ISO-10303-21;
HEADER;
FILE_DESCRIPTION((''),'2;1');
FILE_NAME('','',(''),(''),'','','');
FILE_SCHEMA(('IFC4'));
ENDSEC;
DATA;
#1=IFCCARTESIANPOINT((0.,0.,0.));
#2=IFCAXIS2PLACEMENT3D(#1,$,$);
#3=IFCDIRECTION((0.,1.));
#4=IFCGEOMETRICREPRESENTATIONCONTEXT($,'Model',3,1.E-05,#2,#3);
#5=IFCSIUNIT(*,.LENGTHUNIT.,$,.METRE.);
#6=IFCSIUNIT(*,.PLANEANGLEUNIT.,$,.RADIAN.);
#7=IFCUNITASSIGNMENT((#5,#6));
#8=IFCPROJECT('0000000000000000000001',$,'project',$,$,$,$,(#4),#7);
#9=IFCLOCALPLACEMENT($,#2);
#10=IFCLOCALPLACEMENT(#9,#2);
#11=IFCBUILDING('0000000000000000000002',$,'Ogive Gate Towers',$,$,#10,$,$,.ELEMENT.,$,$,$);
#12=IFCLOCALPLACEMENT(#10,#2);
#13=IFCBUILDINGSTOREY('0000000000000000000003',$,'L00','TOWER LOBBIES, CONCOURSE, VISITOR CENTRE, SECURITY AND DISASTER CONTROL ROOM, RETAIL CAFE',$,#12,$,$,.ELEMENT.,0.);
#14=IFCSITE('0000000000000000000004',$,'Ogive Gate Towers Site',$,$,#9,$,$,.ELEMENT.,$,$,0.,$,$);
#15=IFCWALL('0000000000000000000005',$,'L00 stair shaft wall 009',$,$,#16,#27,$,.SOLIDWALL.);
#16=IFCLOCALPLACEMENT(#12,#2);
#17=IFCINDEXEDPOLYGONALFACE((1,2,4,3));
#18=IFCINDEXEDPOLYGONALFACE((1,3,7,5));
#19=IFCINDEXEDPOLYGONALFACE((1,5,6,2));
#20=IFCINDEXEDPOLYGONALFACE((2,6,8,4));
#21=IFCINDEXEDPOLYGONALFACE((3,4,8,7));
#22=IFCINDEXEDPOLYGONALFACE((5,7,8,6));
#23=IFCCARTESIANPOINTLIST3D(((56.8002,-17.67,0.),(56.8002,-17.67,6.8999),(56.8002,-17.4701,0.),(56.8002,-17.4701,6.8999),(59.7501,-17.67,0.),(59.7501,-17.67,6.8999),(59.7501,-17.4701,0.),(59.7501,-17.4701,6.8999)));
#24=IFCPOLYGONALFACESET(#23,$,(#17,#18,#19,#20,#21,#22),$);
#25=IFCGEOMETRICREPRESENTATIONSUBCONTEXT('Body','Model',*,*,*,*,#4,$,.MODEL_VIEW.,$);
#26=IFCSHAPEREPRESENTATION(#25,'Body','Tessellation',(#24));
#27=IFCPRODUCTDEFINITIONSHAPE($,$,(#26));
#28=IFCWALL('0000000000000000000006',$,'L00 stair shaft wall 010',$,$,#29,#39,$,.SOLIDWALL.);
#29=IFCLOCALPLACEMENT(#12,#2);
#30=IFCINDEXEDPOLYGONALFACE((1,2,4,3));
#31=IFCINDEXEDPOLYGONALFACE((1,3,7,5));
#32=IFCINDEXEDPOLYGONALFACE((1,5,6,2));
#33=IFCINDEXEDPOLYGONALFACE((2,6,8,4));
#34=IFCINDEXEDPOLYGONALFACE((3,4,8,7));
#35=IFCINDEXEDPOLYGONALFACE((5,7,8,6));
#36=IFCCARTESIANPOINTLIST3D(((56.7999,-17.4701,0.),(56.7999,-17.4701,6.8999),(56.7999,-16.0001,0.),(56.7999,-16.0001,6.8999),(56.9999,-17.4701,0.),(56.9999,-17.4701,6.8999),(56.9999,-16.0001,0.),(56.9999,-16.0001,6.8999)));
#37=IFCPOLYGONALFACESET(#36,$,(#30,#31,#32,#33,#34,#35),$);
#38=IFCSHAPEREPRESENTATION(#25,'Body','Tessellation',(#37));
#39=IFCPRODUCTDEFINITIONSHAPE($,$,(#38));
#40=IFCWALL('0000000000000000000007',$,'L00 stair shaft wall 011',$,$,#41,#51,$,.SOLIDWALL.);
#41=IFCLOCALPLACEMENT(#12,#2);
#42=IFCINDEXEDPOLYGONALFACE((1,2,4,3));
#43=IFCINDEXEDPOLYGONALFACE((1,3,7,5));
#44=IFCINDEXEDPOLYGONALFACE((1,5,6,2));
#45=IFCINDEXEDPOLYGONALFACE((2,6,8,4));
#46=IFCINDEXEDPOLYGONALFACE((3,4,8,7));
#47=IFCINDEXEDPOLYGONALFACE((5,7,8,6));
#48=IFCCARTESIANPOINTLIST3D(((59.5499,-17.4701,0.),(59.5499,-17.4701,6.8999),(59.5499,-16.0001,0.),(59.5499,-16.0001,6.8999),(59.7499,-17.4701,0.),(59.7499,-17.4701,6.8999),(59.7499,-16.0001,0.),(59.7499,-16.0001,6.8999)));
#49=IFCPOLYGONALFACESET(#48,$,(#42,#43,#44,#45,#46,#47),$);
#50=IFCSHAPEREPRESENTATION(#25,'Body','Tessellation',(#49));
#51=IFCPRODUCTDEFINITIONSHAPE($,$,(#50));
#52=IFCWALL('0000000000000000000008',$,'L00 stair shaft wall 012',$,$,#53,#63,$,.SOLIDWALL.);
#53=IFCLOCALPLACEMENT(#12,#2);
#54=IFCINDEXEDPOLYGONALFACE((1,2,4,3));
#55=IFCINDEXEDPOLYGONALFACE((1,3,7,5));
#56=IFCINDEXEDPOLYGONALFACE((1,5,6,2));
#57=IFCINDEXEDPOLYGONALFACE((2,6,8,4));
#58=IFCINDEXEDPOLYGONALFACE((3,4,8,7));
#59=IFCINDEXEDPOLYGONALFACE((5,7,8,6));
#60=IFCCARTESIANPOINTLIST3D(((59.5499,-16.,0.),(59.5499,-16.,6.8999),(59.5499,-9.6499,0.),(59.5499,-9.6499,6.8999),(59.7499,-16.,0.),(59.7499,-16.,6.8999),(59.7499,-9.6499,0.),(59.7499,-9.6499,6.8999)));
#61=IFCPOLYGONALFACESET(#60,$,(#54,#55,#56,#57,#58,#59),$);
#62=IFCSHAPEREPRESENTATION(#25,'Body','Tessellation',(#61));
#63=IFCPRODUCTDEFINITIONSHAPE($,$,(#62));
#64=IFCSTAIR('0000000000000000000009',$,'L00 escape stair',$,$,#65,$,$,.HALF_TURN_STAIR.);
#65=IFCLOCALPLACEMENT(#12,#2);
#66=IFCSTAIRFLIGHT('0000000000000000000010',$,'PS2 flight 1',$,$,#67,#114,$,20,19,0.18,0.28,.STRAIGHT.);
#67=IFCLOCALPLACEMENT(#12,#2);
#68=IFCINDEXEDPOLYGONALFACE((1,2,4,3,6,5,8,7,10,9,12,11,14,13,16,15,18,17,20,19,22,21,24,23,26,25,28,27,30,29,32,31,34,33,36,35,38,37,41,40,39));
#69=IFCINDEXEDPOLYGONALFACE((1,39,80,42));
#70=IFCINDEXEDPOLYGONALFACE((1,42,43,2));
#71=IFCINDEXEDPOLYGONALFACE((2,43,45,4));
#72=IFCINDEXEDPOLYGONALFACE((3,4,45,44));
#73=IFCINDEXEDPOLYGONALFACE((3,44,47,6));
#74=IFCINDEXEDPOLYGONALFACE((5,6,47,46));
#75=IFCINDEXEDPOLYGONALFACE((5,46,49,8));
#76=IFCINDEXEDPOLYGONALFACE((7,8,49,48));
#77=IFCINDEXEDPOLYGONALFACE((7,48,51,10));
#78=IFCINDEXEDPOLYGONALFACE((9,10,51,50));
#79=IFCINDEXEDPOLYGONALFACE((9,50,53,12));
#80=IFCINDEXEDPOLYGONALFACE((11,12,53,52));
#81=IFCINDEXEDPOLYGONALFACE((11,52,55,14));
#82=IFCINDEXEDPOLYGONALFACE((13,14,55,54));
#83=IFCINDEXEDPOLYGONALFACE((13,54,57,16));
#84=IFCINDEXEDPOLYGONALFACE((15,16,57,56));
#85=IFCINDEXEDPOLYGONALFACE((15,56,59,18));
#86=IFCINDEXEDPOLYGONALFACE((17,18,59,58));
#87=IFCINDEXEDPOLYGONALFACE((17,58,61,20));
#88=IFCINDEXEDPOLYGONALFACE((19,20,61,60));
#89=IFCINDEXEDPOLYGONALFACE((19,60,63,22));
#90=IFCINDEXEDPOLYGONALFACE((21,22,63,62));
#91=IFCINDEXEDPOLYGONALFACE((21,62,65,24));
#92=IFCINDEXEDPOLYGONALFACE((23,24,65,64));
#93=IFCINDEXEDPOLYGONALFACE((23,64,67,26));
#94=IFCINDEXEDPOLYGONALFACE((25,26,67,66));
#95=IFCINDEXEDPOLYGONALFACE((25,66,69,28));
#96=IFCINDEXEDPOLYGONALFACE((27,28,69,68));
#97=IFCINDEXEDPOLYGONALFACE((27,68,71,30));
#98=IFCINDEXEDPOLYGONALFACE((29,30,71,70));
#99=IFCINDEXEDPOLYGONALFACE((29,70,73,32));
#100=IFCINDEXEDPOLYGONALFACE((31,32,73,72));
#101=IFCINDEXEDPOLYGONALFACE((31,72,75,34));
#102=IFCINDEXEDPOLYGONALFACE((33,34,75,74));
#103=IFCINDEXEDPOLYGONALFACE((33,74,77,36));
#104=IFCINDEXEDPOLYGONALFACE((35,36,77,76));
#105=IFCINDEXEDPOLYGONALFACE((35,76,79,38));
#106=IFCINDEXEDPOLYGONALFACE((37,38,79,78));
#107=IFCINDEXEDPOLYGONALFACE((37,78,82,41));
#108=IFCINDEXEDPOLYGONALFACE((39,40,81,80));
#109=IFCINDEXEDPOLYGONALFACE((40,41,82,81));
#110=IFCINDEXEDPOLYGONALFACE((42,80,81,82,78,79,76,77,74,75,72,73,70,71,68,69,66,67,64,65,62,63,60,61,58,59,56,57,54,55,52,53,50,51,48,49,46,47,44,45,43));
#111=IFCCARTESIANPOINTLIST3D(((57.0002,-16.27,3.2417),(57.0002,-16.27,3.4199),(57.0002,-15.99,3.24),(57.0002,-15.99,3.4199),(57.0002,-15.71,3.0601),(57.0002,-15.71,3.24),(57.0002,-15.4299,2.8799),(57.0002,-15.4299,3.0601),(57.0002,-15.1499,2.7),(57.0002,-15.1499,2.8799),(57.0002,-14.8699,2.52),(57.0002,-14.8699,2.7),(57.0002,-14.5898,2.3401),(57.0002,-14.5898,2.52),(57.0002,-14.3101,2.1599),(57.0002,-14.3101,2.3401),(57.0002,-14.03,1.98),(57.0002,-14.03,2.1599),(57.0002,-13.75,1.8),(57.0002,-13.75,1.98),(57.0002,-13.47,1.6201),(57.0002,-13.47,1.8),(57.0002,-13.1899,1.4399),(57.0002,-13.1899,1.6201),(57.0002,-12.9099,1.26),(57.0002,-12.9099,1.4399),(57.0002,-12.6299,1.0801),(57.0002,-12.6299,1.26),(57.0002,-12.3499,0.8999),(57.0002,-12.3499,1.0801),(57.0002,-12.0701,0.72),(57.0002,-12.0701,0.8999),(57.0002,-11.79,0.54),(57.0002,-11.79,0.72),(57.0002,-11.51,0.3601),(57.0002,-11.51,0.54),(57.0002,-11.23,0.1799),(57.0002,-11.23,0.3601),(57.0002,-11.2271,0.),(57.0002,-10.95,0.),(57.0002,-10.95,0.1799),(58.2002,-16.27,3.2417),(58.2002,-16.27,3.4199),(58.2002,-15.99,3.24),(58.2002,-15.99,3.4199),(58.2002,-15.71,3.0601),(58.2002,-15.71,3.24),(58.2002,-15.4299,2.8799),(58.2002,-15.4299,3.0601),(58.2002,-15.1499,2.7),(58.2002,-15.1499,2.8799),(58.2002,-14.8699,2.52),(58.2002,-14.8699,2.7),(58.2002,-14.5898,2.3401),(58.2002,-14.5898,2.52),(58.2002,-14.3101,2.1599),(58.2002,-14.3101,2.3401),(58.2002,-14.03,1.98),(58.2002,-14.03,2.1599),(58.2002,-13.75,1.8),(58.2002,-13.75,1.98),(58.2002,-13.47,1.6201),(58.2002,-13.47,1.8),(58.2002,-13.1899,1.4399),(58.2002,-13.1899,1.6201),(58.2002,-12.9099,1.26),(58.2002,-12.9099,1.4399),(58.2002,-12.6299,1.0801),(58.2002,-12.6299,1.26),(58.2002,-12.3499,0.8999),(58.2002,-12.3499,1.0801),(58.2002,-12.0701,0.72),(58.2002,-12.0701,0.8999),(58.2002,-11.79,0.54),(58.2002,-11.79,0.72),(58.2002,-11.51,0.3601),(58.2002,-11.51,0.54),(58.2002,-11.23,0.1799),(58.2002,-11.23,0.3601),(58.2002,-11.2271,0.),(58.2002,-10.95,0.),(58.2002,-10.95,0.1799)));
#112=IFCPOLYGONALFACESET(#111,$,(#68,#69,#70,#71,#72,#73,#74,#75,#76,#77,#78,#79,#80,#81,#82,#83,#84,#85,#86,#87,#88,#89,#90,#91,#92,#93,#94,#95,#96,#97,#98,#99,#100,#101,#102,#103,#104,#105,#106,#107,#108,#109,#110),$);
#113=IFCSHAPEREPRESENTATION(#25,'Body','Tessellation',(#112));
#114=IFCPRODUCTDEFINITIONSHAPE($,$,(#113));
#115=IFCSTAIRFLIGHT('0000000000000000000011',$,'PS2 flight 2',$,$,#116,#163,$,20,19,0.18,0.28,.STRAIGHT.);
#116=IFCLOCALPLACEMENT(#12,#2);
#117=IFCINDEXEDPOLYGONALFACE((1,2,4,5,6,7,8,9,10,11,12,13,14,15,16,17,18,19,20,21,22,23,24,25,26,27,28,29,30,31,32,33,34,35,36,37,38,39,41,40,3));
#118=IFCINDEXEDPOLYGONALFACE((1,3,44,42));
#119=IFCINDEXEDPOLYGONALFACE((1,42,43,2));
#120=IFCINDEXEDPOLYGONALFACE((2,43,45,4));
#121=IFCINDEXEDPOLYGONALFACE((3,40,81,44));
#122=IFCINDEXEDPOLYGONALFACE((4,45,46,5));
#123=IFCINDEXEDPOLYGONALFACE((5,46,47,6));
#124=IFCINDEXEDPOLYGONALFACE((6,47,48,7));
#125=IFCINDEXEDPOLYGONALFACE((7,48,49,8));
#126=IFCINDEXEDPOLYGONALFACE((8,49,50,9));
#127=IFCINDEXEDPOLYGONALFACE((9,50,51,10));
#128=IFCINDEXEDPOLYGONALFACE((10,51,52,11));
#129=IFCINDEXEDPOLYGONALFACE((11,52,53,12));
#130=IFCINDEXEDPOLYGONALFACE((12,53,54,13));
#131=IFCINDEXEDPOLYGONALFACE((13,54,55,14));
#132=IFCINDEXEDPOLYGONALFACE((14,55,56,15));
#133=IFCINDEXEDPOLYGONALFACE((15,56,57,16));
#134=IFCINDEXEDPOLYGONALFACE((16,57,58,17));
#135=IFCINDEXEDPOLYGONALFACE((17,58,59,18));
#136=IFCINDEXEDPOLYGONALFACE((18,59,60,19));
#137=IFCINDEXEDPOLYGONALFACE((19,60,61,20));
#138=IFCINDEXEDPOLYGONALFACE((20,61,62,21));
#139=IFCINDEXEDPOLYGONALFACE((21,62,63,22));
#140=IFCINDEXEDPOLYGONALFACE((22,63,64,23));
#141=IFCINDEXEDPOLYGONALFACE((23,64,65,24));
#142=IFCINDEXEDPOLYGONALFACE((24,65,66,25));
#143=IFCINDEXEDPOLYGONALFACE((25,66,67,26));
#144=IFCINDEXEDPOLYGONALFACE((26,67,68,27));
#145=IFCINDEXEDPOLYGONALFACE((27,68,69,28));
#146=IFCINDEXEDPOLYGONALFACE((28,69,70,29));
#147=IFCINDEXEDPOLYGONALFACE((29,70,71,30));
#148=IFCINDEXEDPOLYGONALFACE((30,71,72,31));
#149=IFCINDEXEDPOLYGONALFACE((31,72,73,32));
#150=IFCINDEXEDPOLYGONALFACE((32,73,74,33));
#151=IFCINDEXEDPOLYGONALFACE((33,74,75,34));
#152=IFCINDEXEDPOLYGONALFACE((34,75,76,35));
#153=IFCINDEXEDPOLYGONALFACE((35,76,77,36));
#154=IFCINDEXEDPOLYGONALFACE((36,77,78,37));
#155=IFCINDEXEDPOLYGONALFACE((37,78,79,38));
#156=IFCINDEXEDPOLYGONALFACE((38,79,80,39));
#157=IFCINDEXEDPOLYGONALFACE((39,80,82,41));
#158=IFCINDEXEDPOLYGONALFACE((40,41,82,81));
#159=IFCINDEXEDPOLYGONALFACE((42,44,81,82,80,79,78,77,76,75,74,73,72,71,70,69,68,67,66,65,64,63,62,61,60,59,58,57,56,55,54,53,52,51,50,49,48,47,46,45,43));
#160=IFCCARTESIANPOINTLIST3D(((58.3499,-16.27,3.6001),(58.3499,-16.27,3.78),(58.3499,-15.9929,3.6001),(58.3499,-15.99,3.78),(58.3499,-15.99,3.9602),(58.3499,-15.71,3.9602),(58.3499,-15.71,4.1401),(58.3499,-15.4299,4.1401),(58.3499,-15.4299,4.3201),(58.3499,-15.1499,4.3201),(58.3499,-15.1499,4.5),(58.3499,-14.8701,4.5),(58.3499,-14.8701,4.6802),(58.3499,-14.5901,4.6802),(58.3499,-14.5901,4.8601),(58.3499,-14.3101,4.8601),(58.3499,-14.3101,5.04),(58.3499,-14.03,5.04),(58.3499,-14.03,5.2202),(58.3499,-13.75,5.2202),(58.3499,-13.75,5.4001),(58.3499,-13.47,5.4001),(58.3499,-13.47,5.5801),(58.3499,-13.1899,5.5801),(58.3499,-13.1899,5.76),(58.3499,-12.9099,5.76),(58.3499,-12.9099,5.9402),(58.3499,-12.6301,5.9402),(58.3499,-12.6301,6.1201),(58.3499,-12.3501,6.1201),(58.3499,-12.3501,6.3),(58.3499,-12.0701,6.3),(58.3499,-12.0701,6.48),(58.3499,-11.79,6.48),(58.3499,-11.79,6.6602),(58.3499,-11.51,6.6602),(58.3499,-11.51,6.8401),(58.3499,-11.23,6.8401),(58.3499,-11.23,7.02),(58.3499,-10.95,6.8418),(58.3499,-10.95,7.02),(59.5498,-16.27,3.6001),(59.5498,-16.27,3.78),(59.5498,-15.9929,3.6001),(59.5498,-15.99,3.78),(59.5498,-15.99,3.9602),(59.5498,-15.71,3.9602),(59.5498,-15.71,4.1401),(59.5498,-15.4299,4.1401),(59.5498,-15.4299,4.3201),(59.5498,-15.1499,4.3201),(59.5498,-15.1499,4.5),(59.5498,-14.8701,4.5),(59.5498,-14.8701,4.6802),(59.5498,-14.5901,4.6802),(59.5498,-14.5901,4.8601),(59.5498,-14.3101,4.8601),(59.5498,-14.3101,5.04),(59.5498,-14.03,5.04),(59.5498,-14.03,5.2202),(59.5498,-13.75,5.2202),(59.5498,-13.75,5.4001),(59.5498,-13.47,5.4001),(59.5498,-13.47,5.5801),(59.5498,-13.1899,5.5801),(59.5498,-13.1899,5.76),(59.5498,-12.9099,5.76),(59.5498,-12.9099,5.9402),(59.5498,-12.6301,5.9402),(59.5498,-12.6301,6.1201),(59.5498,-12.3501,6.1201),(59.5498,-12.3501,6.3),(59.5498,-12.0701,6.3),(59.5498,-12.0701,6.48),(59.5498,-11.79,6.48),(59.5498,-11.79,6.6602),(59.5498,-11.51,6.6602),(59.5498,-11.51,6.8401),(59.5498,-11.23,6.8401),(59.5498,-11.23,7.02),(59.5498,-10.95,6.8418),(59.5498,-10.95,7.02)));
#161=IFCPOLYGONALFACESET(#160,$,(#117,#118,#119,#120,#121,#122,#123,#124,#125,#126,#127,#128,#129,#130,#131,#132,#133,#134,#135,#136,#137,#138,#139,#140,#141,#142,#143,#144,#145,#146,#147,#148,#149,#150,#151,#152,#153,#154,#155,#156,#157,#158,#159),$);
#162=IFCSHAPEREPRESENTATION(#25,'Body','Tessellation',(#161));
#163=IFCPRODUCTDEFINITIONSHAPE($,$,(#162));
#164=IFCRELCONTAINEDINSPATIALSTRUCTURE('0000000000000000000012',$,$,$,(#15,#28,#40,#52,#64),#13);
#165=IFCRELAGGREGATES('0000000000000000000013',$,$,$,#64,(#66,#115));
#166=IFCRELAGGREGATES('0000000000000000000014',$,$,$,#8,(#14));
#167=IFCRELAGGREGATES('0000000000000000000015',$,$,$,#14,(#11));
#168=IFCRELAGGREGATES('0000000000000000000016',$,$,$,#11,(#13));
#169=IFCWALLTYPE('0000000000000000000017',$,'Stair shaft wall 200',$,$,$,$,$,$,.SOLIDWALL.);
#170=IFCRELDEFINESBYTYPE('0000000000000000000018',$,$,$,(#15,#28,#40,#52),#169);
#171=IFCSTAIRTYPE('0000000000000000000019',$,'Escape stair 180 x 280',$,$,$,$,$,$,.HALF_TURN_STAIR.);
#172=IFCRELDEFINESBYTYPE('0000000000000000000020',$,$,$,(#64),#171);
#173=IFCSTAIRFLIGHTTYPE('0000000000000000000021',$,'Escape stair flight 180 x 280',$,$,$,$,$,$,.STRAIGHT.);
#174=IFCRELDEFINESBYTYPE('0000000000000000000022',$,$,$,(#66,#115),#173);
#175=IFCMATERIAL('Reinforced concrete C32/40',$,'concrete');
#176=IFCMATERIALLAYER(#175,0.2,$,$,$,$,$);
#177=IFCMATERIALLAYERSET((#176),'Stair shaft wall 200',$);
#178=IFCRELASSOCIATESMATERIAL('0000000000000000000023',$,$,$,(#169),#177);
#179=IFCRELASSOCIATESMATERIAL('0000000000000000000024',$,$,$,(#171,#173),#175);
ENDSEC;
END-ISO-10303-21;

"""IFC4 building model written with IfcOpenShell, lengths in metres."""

from ifc_helpers import new_model, si_unit, direction, frame, frame_2d, origin, place, context, subcontext, project, spatial, polyline, rectangle, outline, extrude, material, layer, layer_set, type_object, element, aggregate, save


model = new_model("IFC4")

# Units and contexts
model_context = context("Model", 3, precision=1e-05, world=origin(), true_north=direction((0.0, 1.0)))
body_context = subcontext(model_context, "Body", "Model", "MODEL_VIEW")
ifc_project = project(units=[si_unit("LENGTHUNIT", "METRE"), si_unit("PLANEANGLEUNIT", "RADIAN")], contexts=[model_context])

# Site, building, storey
site_placement = place(None, origin())
site = spatial("IfcSite", under=ifc_project, at=site_placement, Name="Ogive Gate Towers Site", CompositionType="ELEMENT", RefElevation=0.0)
building_placement = place(site_placement, origin())
building = spatial("IfcBuilding", under=site, at=building_placement, Name="Ogive Gate Towers", CompositionType="ELEMENT")
storey_placement = place(building_placement, origin())
storey = spatial("IfcBuildingStorey", under=building, at=storey_placement, Name="L00", Description="TOWER LOBBIES, CONCOURSE, VISITOR CENTRE, SECURITY AND DISASTER CONTROL ROOM, RETAIL CAFE", CompositionType="ELEMENT", Elevation=0.0)

# Shared definitions
ifc_material_1 = material(Name="Reinforced concrete C32/40", Category="concrete")
ifc_layer_1 = layer(ifc_material_1, 0.2)
ifc_layer_set_1 = layer_set([ifc_layer_1], Name="Stair shaft wall 200")
wall_type_1 = type_object("IfcWallType", Name="Stair shaft wall 200", PredefinedType="SOLIDWALL", material=ifc_layer_set_1)

# Walls
wall_1_placement = place(storey_placement, frame((56.8, -17.5701, 0.0), z_axis=(0.0, 0.0, 1.0), x_axis=(1.0, 0.0, 0.0)))
element("IfcWall", 1, at=wall_1_placement, inside=storey, type_object=wall_type_1, Name="L00 stair shaft wall 009", PredefinedType="SOLIDWALL", context=body_context, shape_type="SweptSolid", body=[
    extrude(rectangle(XDim=2.95, YDim=0.2, at=frame_2d((1.4751, 0.0))), origin(), (0.0, 0.0, 1.0), 6.8999),
])
for number, where, z_axis, x_axis, name in (
    (2, (56.8999, -17.47, 0.0), (0.0, 0.0, 1.0), (0.0, 1.0, 0.0), "L00 stair shaft wall 010"),
    (3, (59.6499, -17.47, 0.0), (0.0, 0.0, 1.0), (0.0, 1.0, 0.0), "L00 stair shaft wall 011"),
):
    element("IfcWall", number, at=place(storey_placement, frame(where, z_axis=z_axis, x_axis=x_axis)), inside=storey, type_object=wall_type_1, Name=name, PredefinedType="SOLIDWALL", context=body_context, shape_type="SweptSolid", body=[
        extrude(rectangle(XDim=1.47, YDim=0.2, at=frame_2d((0.7349, 0.0))), origin(), (0.0, 0.0, 1.0), 6.8999),
    ])
wall_2_placement = place(storey_placement, frame((59.6499, -16.0, 0.0), z_axis=(0.0, 0.0, 1.0), x_axis=(0.0, 1.0, 0.0)))
element("IfcWall", 4, at=wall_2_placement, inside=storey, type_object=wall_type_1, Name="L00 stair shaft wall 012", PredefinedType="SOLIDWALL", context=body_context, shape_type="SweptSolid", body=[
    extrude(rectangle(XDim=6.3501, YDim=0.2, at=frame_2d((3.175, 0.0))), origin(), (0.0, 0.0, 1.0), 6.8999),
])

# Stair, stair flights
stair_type = type_object("IfcStairType", Name="Escape stair 180 x 280", PredefinedType="HALF_TURN_STAIR", material=ifc_material_1)
stair_placement = place(storey_placement, origin())
stair = element("IfcStair", 5, at=stair_placement, inside=storey, type_object=stair_type, Name="L00 escape stair", PredefinedType="HALF_TURN_STAIR")
stair_flight_type = type_object("IfcStairFlightType", Name="Escape stair flight 180 x 280", PredefinedType="STRAIGHT", material=ifc_material_1)
stair_flight_1_placement = place(storey_placement, frame((57.6001, -10.95, 0.0), z_axis=(0.0, 0.0, 1.0), x_axis=(0.0, -1.0, 0.0)))
stair_flight_1 = element("IfcStairFlight", 6, at=stair_flight_1_placement, type_object=stair_flight_type, Name="PS2 flight 1", NumberOfRisers=20, NumberOfTreads=19, PredefinedType="STRAIGHT", RiserHeight=0.18, TreadLength=0.28, context=body_context, shape_type="SweptSolid", body=[
    extrude(outline(polyline([(0.0, 0.0), (0.0, 0.1799), (0.28, 0.1799), (0.28, 0.3601), (0.5601, 0.3601), (0.5601, 0.54), (0.8401, 0.54), (0.8401, 0.72), (1.1201, 0.72), (1.1201, 0.8999), (1.3999, 0.8999), (1.3999, 1.0801), (1.6799, 1.0801), (1.6799, 1.26), (1.96, 1.26), (1.96, 1.4399), (2.24, 1.4399), (2.24, 1.6201), (2.52, 1.6201), (2.52, 1.8), (2.8, 1.8), (2.8, 1.98), (3.0801, 1.98), (3.0801, 2.1599), (3.3601, 2.1599), (3.3601, 2.3401), (3.6399, 2.3401), (3.6399, 2.52), (3.9199, 2.52), (3.9199, 2.7), (4.2, 2.7), (4.2, 2.8799), (4.48, 2.8799), (4.48, 3.0601), (4.76, 3.0601), (4.76, 3.24), (5.04, 3.24), (5.04, 3.4199), (5.3201, 3.4199), (5.3201, 3.6001), (5.3201, 3.2417), (0.2771, 0.0), (0.0, 0.0)])), frame((0.0, 0.6001, 0.0), z_axis=(0.0, -1.0, 0.0), x_axis=(1.0, 0.0, 0.0)), (0.0, 0.0, 1.0), 1.2),
])
stair_flight_2_placement = place(storey_placement, frame((58.95, -16.27, 3.6001), z_axis=(0.0, 0.0, 1.0), x_axis=(0.0, 1.0, 0.0)))
stair_flight_2 = element("IfcStairFlight", 7, at=stair_flight_2_placement, type_object=stair_flight_type, Name="PS2 flight 2", NumberOfRisers=20, NumberOfTreads=19, PredefinedType="STRAIGHT", RiserHeight=0.18, TreadLength=0.28, context=body_context, shape_type="SweptSolid", body=[
    extrude(outline(polyline([(0.0, 0.0), (0.0, 0.1799), (0.28, 0.1799), (0.28, 0.3601), (0.5601, 0.3601), (0.5601, 0.54), (0.8401, 0.54), (0.8401, 0.72), (1.1201, 0.72), (1.1201, 0.8999), (1.3999, 0.8999), (1.3999, 1.0801), (1.6799, 1.0801), (1.6799, 1.26), (1.96, 1.26), (1.96, 1.4399), (2.24, 1.4399), (2.24, 1.6201), (2.52, 1.6201), (2.52, 1.8), (2.8, 1.8), (2.8, 1.98), (3.0801, 1.98), (3.0801, 2.1599), (3.3601, 2.1599), (3.3601, 2.3401), (3.6399, 2.3401), (3.6399, 2.52), (3.9199, 2.52), (3.9199, 2.7), (4.2, 2.7), (4.2, 2.8799), (4.48, 2.8799), (4.48, 3.0601), (4.76, 3.0601), (4.76, 3.24), (5.04, 3.24), (5.04, 3.4199), (5.3201, 3.4199), (5.3201, 3.6001), (5.3201, 3.2417), (0.2771, 0.0), (0.0, 0.0)])), frame((0.0, 0.6001, 0.0), z_axis=(0.0, -1.0, 0.0), x_axis=(1.0, 0.0, 0.0)), (0.0, 0.0, 1.0), 1.2),
])
aggregate(stair, [stair_flight_1, stair_flight_2])

save(model, "model.ifc")
